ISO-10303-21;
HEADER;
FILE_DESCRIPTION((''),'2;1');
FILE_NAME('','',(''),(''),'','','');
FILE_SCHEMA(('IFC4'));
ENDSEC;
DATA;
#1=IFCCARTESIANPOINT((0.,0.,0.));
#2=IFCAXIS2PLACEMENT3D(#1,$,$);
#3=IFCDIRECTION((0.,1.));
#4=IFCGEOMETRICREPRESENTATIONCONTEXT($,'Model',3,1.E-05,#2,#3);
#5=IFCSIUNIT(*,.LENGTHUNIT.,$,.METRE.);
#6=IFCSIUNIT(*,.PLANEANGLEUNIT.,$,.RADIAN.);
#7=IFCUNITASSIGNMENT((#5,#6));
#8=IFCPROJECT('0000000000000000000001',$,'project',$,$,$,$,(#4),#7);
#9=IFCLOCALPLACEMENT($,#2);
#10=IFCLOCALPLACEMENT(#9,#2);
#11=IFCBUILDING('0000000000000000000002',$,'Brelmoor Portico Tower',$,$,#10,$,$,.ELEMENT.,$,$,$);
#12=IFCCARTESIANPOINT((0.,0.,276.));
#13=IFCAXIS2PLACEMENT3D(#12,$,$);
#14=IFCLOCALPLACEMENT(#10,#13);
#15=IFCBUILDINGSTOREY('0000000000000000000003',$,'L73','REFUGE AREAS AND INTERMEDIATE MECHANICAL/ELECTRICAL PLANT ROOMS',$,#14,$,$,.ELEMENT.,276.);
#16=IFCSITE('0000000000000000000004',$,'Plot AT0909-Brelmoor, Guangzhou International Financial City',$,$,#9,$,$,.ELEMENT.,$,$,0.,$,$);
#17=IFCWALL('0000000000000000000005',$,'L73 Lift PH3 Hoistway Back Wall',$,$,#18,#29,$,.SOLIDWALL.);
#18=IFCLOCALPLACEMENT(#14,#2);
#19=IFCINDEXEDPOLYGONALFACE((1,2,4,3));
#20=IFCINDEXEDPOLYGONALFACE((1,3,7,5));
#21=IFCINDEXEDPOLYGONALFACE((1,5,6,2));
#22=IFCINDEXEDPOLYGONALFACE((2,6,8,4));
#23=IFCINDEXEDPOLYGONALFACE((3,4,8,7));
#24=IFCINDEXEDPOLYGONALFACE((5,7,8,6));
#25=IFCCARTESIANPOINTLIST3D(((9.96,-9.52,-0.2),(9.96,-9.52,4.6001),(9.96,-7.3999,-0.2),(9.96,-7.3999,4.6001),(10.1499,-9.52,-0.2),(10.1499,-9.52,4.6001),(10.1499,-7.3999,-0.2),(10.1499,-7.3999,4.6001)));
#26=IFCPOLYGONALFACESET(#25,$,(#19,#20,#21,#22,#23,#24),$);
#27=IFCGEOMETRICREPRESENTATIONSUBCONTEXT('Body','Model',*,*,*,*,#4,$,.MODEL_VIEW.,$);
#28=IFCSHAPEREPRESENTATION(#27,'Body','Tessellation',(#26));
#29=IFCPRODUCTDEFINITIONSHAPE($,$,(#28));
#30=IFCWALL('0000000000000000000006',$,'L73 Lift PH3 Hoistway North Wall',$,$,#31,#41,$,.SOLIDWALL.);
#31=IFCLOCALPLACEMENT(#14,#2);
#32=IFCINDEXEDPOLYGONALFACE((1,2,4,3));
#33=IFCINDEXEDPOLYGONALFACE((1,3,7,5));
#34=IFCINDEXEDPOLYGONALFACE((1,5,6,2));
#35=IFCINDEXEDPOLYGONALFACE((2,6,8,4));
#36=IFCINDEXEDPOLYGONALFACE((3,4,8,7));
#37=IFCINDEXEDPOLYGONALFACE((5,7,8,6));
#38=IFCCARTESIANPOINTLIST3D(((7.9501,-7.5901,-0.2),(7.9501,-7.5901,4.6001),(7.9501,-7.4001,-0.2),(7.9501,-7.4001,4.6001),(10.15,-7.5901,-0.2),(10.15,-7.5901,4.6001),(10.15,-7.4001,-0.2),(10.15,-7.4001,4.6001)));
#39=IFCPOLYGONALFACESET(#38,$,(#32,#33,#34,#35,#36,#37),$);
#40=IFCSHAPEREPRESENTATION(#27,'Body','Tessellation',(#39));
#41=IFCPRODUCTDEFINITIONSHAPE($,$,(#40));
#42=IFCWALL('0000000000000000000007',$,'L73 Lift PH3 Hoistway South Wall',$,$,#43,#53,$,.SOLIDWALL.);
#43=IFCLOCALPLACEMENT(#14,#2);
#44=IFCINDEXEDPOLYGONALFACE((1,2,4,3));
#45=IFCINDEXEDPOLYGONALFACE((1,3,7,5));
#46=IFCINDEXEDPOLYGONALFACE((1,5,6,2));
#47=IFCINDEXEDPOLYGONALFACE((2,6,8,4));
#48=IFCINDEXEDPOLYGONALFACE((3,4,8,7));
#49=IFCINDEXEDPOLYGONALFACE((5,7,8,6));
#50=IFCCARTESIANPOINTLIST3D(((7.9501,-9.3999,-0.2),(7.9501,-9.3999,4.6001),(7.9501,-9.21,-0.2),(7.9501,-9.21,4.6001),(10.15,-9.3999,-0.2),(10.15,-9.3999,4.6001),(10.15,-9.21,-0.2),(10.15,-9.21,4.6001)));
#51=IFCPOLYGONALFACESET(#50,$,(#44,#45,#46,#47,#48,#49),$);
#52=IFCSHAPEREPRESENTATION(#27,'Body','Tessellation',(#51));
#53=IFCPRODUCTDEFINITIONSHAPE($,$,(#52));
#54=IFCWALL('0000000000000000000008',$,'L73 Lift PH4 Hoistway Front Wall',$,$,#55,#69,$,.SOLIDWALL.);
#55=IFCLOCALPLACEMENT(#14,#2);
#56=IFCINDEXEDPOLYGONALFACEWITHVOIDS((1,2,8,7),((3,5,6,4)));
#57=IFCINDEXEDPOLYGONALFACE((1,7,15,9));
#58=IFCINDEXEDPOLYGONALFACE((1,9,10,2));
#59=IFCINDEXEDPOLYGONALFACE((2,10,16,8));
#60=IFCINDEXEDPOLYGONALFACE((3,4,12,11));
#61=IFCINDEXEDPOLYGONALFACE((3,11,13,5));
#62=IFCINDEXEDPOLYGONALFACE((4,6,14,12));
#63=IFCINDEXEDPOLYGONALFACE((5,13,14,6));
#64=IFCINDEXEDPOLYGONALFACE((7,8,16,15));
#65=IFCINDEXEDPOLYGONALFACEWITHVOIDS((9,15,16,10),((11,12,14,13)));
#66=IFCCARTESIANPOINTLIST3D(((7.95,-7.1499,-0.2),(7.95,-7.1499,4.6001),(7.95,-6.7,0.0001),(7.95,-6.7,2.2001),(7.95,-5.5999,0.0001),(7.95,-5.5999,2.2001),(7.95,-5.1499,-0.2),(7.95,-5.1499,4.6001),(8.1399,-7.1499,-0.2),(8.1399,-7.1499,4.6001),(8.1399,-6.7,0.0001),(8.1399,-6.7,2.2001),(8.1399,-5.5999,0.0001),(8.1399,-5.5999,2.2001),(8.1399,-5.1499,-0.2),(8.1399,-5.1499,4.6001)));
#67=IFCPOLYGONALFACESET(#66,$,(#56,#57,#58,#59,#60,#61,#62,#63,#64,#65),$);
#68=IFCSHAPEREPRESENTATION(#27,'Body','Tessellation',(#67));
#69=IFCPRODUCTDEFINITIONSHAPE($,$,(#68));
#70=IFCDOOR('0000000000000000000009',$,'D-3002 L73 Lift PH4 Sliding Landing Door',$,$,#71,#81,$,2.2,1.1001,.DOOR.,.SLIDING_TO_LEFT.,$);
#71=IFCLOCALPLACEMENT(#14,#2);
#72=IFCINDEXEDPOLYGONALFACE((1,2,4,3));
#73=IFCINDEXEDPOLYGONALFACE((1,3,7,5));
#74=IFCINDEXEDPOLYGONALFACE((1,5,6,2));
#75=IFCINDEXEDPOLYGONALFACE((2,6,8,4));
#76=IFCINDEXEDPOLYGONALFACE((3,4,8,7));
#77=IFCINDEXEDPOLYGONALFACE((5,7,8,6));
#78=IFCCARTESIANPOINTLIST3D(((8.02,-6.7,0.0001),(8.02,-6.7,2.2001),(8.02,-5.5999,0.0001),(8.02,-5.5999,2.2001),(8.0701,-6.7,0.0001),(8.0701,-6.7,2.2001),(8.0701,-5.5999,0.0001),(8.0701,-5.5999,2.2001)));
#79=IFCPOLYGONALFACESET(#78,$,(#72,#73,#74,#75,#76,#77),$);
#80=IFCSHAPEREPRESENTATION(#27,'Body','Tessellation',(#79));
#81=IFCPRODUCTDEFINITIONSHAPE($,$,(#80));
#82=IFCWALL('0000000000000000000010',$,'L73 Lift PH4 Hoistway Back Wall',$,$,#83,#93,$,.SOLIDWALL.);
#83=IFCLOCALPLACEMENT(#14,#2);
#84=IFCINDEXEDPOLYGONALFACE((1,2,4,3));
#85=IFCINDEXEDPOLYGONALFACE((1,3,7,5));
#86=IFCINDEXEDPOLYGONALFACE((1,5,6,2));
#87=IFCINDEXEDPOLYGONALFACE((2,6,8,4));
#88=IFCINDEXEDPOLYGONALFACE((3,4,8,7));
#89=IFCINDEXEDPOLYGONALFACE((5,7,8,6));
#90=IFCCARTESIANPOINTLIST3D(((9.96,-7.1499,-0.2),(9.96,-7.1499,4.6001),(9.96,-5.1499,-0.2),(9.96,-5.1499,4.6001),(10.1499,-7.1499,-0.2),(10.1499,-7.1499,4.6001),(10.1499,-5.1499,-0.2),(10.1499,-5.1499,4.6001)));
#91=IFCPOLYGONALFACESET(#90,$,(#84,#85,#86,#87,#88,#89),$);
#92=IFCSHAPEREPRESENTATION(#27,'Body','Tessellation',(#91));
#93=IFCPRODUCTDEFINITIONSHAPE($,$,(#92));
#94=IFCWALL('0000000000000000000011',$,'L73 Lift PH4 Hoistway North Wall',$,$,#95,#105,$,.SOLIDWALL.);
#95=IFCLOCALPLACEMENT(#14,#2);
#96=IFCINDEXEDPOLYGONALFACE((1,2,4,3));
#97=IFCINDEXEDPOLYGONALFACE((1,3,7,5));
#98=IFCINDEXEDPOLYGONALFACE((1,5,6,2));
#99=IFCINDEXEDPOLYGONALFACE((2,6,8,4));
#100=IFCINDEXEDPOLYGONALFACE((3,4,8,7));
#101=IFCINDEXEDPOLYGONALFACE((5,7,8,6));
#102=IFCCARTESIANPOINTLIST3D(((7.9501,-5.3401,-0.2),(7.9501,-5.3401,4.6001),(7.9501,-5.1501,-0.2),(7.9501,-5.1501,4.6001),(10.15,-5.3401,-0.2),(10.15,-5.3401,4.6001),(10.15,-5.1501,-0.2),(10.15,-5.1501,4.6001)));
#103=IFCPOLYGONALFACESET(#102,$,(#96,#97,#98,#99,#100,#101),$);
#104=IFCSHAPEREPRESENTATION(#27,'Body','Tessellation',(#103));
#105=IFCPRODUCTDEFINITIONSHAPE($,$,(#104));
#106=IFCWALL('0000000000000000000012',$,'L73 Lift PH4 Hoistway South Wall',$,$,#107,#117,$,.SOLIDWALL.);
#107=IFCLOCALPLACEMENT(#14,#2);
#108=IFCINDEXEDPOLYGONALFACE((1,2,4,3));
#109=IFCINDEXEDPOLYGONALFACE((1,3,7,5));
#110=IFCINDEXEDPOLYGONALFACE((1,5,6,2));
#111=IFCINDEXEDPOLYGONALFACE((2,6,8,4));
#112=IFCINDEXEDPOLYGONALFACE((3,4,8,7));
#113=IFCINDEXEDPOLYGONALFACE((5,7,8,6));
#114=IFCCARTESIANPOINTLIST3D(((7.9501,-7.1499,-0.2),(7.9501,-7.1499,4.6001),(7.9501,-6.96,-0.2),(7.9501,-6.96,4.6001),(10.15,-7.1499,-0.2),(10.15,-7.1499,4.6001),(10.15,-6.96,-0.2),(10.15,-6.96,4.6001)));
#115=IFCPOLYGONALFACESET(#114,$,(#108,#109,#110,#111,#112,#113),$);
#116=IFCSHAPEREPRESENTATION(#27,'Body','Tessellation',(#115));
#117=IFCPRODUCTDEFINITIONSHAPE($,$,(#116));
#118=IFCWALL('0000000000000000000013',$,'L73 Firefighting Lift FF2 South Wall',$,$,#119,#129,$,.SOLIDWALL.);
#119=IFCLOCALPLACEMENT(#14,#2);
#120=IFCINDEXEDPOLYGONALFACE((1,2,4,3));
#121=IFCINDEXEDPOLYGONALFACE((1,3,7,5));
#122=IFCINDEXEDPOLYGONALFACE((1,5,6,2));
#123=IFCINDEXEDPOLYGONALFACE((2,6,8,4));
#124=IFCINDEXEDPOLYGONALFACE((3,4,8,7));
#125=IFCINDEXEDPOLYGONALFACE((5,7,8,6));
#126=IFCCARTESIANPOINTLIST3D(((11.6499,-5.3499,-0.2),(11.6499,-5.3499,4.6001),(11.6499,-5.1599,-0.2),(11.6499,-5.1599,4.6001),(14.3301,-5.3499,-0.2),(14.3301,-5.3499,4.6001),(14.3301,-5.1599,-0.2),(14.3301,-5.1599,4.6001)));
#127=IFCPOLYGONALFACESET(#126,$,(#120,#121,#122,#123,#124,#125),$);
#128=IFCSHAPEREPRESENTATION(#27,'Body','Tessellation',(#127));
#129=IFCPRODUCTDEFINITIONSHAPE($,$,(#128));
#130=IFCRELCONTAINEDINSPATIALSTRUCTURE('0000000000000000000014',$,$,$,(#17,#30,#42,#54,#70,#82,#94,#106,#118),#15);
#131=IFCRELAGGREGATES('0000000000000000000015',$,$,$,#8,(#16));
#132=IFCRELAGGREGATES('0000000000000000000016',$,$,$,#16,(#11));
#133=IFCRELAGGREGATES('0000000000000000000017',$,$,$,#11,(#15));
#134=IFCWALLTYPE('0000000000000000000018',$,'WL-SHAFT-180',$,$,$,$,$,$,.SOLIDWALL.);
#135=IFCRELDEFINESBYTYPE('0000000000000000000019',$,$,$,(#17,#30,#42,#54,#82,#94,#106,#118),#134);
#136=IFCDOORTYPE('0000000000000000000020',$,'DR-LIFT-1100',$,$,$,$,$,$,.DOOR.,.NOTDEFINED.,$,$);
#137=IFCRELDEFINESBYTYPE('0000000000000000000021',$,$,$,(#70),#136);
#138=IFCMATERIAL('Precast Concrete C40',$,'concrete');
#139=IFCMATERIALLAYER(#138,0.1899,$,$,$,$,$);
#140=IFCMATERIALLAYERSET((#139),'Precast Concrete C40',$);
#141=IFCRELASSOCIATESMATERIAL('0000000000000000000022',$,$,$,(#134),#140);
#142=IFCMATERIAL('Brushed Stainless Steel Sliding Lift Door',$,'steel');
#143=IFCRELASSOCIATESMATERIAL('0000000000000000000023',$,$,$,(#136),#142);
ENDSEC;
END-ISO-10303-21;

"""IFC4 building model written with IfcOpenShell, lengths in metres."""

from ifc_helpers import new_model, si_unit, direction, frame, frame_2d, origin, place, context, subcontext, project, spatial, rectangle, extrude, material, layer, layer_set, type_object, element, fill, save


model = new_model("IFC4")

# Units and contexts
model_context = context("Model", 3, precision=1e-05, world=origin(), true_north=direction((0.0, 1.0)))
body_context = subcontext(model_context, "Body", "Model", "MODEL_VIEW")
ifc_project = project(units=[si_unit("LENGTHUNIT", "METRE"), si_unit("PLANEANGLEUNIT", "RADIAN")], contexts=[model_context])

# Site, building, storey
site_placement = place(None, origin())
site = spatial("IfcSite", under=ifc_project, at=site_placement, Name="Plot AT0909-Brelmoor, Guangzhou International Financial City", CompositionType="ELEMENT", RefElevation=0.0)
building_placement = place(site_placement, origin())
building = spatial("IfcBuilding", under=site, at=building_placement, Name="Brelmoor Portico Tower", CompositionType="ELEMENT")
storey_placement = place(building_placement, frame((0.0, 0.0, 276.0)))
storey = spatial("IfcBuildingStorey", under=building, at=storey_placement, Name="L73", Description="REFUGE AREAS AND INTERMEDIATE MECHANICAL/ELECTRICAL PLANT ROOMS", CompositionType="ELEMENT", Elevation=276.0)

# Walls
ifc_material_1 = material(Name="Precast Concrete C40", Category="concrete")
ifc_layer_1 = layer(ifc_material_1, 0.1899)
ifc_layer_set_1 = layer_set([ifc_layer_1], Name="Precast Concrete C40")
wall_type_1 = type_object("IfcWallType", Name="WL-SHAFT-180", PredefinedType="SOLIDWALL", material=ifc_layer_set_1)
wall_1_placement = place(storey_placement, frame((10.0549, -9.52, -0.2), z_axis=(0.0, 0.0, 1.0), x_axis=(0.0, 1.0, 0.0)))
element("IfcWall", 1, at=wall_1_placement, inside=storey, type_object=wall_type_1, Name="L73 Lift PH3 Hoistway Back Wall", PredefinedType="SOLIDWALL", context=body_context, shape_type="SweptSolid", body=[
    extrude(rectangle(XDim=2.1201, YDim=0.1899, at=frame_2d((1.0601, 0.0))), origin(), (0.0, 0.0, 1.0), 4.8),
])
for number, where, z_axis, x_axis, name in (
    (2, (7.95, -7.4951, -0.2), (0.0, 0.0, 1.0), (1.0, 0.0, 0.0), "L73 Lift PH3 Hoistway North Wall"),
    (3, (7.95, -9.3049, -0.2), (0.0, 0.0, 1.0), (1.0, 0.0, 0.0), "L73 Lift PH3 Hoistway South Wall"),
):
    element("IfcWall", number, at=place(storey_placement, frame(where, z_axis=z_axis, x_axis=x_axis)), inside=storey, type_object=wall_type_1, Name=name, PredefinedType="SOLIDWALL", context=body_context, shape_type="SweptSolid", body=[
        extrude(rectangle(XDim=2.2, YDim=0.1899, at=frame_2d((1.1001, 0.0))), origin(), (0.0, 0.0, 1.0), 4.8),
    ])

# Wall, opening, door
wall_2_placement = place(storey_placement, frame((8.0449, -7.1499, -0.2), z_axis=(0.0, 0.0, 1.0), x_axis=(0.0, 1.0, 0.0)))
wall_2 = element("IfcWall", 4, at=wall_2_placement, inside=storey, type_object=wall_type_1, Name="L73 Lift PH4 Hoistway Front Wall", PredefinedType="SOLIDWALL", context=body_context, shape_type="SweptSolid", body=[
    extrude(rectangle(XDim=2.0, YDim=0.1899, at=frame_2d((1.0, 0.0))), origin(), (0.0, 0.0, 1.0), 4.8),
])
opening_1_placement = place(wall_2_placement, frame((0.45, 0.0, 0.2)))
opening_1 = element("IfcOpeningElement", 5, at=opening_1_placement, cuts=wall_2, PredefinedType="OPENING", context=body_context, shape_type="SweptSolid", body=[
    extrude(rectangle(XDim=1.1001, YDim=2.2, at=frame_2d((0.55, 1.1001))), frame((0.0, 0.105, 0.0), z_axis=(0.0, -1.0, 0.0), x_axis=(1.0, 0.0, 0.0)), (0.0, 0.0, 1.0), 0.21),
])
ifc_material_2 = material(Name="Brushed Stainless Steel Sliding Lift Door", Category="steel")
door_type_1 = type_object("IfcDoorType", Name="DR-LIFT-1100", OperationType="NOTDEFINED", PredefinedType="DOOR", material=ifc_material_2)
door_1_placement = place(opening_1_placement, origin())
door_1 = element("IfcDoor", 6, at=door_1_placement, inside=storey, type_object=door_type_1, Name="D-3002 L73 Lift PH4 Sliding Landing Door", OperationType="SLIDING_TO_LEFT", OverallHeight=2.2, OverallWidth=1.1001, PredefinedType="DOOR", context=body_context, shape_type="SweptSolid", body=[
    extrude(rectangle(XDim=1.1001, YDim=2.2, at=frame_2d((0.55, 1.1001))), frame((0.0, 0.0249, 0.0), z_axis=(0.0, -1.0, 0.0), x_axis=(1.0, 0.0, 0.0)), (0.0, 0.0, 1.0), 0.05),
])
fill(opening_1, door_1)

# Walls
wall_3_placement = place(storey_placement, frame((10.0549, -7.1499, -0.2), z_axis=(0.0, 0.0, 1.0), x_axis=(0.0, 1.0, 0.0)))
element("IfcWall", 7, at=wall_3_placement, inside=storey, type_object=wall_type_1, Name="L73 Lift PH4 Hoistway Back Wall", PredefinedType="SOLIDWALL", context=body_context, shape_type="SweptSolid", body=[
    extrude(rectangle(XDim=2.0, YDim=0.1899, at=frame_2d((1.0, 0.0))), origin(), (0.0, 0.0, 1.0), 4.8),
])
for number, where, z_axis, x_axis, name in (
    (8, (7.95, -5.2451, -0.2), (0.0, 0.0, 1.0), (1.0, 0.0, 0.0), "L73 Lift PH4 Hoistway North Wall"),
    (9, (7.95, -7.0549, -0.2), (0.0, 0.0, 1.0), (1.0, 0.0, 0.0), "L73 Lift PH4 Hoistway South Wall"),
):
    element("IfcWall", number, at=place(storey_placement, frame(where, z_axis=z_axis, x_axis=x_axis)), inside=storey, type_object=wall_type_1, Name=name, PredefinedType="SOLIDWALL", context=body_context, shape_type="SweptSolid", body=[
        extrude(rectangle(XDim=2.2, YDim=0.1899, at=frame_2d((1.1001, 0.0))), origin(), (0.0, 0.0, 1.0), 4.8),
    ])
wall_4_placement = place(storey_placement, frame((11.6499, -5.2549, -0.2), z_axis=(0.0, 0.0, 1.0), x_axis=(1.0, 0.0, 0.0)))
element("IfcWall", 10, at=wall_4_placement, inside=storey, type_object=wall_type_1, Name="L73 Firefighting Lift FF2 South Wall", PredefinedType="SOLIDWALL", context=body_context, shape_type="SweptSolid", body=[
    extrude(rectangle(XDim=2.6802, YDim=0.1899, at=frame_2d((1.3401, 0.0))), origin(), (0.0, 0.0, 1.0), 4.8),
])

save(model, "model.ifc")
